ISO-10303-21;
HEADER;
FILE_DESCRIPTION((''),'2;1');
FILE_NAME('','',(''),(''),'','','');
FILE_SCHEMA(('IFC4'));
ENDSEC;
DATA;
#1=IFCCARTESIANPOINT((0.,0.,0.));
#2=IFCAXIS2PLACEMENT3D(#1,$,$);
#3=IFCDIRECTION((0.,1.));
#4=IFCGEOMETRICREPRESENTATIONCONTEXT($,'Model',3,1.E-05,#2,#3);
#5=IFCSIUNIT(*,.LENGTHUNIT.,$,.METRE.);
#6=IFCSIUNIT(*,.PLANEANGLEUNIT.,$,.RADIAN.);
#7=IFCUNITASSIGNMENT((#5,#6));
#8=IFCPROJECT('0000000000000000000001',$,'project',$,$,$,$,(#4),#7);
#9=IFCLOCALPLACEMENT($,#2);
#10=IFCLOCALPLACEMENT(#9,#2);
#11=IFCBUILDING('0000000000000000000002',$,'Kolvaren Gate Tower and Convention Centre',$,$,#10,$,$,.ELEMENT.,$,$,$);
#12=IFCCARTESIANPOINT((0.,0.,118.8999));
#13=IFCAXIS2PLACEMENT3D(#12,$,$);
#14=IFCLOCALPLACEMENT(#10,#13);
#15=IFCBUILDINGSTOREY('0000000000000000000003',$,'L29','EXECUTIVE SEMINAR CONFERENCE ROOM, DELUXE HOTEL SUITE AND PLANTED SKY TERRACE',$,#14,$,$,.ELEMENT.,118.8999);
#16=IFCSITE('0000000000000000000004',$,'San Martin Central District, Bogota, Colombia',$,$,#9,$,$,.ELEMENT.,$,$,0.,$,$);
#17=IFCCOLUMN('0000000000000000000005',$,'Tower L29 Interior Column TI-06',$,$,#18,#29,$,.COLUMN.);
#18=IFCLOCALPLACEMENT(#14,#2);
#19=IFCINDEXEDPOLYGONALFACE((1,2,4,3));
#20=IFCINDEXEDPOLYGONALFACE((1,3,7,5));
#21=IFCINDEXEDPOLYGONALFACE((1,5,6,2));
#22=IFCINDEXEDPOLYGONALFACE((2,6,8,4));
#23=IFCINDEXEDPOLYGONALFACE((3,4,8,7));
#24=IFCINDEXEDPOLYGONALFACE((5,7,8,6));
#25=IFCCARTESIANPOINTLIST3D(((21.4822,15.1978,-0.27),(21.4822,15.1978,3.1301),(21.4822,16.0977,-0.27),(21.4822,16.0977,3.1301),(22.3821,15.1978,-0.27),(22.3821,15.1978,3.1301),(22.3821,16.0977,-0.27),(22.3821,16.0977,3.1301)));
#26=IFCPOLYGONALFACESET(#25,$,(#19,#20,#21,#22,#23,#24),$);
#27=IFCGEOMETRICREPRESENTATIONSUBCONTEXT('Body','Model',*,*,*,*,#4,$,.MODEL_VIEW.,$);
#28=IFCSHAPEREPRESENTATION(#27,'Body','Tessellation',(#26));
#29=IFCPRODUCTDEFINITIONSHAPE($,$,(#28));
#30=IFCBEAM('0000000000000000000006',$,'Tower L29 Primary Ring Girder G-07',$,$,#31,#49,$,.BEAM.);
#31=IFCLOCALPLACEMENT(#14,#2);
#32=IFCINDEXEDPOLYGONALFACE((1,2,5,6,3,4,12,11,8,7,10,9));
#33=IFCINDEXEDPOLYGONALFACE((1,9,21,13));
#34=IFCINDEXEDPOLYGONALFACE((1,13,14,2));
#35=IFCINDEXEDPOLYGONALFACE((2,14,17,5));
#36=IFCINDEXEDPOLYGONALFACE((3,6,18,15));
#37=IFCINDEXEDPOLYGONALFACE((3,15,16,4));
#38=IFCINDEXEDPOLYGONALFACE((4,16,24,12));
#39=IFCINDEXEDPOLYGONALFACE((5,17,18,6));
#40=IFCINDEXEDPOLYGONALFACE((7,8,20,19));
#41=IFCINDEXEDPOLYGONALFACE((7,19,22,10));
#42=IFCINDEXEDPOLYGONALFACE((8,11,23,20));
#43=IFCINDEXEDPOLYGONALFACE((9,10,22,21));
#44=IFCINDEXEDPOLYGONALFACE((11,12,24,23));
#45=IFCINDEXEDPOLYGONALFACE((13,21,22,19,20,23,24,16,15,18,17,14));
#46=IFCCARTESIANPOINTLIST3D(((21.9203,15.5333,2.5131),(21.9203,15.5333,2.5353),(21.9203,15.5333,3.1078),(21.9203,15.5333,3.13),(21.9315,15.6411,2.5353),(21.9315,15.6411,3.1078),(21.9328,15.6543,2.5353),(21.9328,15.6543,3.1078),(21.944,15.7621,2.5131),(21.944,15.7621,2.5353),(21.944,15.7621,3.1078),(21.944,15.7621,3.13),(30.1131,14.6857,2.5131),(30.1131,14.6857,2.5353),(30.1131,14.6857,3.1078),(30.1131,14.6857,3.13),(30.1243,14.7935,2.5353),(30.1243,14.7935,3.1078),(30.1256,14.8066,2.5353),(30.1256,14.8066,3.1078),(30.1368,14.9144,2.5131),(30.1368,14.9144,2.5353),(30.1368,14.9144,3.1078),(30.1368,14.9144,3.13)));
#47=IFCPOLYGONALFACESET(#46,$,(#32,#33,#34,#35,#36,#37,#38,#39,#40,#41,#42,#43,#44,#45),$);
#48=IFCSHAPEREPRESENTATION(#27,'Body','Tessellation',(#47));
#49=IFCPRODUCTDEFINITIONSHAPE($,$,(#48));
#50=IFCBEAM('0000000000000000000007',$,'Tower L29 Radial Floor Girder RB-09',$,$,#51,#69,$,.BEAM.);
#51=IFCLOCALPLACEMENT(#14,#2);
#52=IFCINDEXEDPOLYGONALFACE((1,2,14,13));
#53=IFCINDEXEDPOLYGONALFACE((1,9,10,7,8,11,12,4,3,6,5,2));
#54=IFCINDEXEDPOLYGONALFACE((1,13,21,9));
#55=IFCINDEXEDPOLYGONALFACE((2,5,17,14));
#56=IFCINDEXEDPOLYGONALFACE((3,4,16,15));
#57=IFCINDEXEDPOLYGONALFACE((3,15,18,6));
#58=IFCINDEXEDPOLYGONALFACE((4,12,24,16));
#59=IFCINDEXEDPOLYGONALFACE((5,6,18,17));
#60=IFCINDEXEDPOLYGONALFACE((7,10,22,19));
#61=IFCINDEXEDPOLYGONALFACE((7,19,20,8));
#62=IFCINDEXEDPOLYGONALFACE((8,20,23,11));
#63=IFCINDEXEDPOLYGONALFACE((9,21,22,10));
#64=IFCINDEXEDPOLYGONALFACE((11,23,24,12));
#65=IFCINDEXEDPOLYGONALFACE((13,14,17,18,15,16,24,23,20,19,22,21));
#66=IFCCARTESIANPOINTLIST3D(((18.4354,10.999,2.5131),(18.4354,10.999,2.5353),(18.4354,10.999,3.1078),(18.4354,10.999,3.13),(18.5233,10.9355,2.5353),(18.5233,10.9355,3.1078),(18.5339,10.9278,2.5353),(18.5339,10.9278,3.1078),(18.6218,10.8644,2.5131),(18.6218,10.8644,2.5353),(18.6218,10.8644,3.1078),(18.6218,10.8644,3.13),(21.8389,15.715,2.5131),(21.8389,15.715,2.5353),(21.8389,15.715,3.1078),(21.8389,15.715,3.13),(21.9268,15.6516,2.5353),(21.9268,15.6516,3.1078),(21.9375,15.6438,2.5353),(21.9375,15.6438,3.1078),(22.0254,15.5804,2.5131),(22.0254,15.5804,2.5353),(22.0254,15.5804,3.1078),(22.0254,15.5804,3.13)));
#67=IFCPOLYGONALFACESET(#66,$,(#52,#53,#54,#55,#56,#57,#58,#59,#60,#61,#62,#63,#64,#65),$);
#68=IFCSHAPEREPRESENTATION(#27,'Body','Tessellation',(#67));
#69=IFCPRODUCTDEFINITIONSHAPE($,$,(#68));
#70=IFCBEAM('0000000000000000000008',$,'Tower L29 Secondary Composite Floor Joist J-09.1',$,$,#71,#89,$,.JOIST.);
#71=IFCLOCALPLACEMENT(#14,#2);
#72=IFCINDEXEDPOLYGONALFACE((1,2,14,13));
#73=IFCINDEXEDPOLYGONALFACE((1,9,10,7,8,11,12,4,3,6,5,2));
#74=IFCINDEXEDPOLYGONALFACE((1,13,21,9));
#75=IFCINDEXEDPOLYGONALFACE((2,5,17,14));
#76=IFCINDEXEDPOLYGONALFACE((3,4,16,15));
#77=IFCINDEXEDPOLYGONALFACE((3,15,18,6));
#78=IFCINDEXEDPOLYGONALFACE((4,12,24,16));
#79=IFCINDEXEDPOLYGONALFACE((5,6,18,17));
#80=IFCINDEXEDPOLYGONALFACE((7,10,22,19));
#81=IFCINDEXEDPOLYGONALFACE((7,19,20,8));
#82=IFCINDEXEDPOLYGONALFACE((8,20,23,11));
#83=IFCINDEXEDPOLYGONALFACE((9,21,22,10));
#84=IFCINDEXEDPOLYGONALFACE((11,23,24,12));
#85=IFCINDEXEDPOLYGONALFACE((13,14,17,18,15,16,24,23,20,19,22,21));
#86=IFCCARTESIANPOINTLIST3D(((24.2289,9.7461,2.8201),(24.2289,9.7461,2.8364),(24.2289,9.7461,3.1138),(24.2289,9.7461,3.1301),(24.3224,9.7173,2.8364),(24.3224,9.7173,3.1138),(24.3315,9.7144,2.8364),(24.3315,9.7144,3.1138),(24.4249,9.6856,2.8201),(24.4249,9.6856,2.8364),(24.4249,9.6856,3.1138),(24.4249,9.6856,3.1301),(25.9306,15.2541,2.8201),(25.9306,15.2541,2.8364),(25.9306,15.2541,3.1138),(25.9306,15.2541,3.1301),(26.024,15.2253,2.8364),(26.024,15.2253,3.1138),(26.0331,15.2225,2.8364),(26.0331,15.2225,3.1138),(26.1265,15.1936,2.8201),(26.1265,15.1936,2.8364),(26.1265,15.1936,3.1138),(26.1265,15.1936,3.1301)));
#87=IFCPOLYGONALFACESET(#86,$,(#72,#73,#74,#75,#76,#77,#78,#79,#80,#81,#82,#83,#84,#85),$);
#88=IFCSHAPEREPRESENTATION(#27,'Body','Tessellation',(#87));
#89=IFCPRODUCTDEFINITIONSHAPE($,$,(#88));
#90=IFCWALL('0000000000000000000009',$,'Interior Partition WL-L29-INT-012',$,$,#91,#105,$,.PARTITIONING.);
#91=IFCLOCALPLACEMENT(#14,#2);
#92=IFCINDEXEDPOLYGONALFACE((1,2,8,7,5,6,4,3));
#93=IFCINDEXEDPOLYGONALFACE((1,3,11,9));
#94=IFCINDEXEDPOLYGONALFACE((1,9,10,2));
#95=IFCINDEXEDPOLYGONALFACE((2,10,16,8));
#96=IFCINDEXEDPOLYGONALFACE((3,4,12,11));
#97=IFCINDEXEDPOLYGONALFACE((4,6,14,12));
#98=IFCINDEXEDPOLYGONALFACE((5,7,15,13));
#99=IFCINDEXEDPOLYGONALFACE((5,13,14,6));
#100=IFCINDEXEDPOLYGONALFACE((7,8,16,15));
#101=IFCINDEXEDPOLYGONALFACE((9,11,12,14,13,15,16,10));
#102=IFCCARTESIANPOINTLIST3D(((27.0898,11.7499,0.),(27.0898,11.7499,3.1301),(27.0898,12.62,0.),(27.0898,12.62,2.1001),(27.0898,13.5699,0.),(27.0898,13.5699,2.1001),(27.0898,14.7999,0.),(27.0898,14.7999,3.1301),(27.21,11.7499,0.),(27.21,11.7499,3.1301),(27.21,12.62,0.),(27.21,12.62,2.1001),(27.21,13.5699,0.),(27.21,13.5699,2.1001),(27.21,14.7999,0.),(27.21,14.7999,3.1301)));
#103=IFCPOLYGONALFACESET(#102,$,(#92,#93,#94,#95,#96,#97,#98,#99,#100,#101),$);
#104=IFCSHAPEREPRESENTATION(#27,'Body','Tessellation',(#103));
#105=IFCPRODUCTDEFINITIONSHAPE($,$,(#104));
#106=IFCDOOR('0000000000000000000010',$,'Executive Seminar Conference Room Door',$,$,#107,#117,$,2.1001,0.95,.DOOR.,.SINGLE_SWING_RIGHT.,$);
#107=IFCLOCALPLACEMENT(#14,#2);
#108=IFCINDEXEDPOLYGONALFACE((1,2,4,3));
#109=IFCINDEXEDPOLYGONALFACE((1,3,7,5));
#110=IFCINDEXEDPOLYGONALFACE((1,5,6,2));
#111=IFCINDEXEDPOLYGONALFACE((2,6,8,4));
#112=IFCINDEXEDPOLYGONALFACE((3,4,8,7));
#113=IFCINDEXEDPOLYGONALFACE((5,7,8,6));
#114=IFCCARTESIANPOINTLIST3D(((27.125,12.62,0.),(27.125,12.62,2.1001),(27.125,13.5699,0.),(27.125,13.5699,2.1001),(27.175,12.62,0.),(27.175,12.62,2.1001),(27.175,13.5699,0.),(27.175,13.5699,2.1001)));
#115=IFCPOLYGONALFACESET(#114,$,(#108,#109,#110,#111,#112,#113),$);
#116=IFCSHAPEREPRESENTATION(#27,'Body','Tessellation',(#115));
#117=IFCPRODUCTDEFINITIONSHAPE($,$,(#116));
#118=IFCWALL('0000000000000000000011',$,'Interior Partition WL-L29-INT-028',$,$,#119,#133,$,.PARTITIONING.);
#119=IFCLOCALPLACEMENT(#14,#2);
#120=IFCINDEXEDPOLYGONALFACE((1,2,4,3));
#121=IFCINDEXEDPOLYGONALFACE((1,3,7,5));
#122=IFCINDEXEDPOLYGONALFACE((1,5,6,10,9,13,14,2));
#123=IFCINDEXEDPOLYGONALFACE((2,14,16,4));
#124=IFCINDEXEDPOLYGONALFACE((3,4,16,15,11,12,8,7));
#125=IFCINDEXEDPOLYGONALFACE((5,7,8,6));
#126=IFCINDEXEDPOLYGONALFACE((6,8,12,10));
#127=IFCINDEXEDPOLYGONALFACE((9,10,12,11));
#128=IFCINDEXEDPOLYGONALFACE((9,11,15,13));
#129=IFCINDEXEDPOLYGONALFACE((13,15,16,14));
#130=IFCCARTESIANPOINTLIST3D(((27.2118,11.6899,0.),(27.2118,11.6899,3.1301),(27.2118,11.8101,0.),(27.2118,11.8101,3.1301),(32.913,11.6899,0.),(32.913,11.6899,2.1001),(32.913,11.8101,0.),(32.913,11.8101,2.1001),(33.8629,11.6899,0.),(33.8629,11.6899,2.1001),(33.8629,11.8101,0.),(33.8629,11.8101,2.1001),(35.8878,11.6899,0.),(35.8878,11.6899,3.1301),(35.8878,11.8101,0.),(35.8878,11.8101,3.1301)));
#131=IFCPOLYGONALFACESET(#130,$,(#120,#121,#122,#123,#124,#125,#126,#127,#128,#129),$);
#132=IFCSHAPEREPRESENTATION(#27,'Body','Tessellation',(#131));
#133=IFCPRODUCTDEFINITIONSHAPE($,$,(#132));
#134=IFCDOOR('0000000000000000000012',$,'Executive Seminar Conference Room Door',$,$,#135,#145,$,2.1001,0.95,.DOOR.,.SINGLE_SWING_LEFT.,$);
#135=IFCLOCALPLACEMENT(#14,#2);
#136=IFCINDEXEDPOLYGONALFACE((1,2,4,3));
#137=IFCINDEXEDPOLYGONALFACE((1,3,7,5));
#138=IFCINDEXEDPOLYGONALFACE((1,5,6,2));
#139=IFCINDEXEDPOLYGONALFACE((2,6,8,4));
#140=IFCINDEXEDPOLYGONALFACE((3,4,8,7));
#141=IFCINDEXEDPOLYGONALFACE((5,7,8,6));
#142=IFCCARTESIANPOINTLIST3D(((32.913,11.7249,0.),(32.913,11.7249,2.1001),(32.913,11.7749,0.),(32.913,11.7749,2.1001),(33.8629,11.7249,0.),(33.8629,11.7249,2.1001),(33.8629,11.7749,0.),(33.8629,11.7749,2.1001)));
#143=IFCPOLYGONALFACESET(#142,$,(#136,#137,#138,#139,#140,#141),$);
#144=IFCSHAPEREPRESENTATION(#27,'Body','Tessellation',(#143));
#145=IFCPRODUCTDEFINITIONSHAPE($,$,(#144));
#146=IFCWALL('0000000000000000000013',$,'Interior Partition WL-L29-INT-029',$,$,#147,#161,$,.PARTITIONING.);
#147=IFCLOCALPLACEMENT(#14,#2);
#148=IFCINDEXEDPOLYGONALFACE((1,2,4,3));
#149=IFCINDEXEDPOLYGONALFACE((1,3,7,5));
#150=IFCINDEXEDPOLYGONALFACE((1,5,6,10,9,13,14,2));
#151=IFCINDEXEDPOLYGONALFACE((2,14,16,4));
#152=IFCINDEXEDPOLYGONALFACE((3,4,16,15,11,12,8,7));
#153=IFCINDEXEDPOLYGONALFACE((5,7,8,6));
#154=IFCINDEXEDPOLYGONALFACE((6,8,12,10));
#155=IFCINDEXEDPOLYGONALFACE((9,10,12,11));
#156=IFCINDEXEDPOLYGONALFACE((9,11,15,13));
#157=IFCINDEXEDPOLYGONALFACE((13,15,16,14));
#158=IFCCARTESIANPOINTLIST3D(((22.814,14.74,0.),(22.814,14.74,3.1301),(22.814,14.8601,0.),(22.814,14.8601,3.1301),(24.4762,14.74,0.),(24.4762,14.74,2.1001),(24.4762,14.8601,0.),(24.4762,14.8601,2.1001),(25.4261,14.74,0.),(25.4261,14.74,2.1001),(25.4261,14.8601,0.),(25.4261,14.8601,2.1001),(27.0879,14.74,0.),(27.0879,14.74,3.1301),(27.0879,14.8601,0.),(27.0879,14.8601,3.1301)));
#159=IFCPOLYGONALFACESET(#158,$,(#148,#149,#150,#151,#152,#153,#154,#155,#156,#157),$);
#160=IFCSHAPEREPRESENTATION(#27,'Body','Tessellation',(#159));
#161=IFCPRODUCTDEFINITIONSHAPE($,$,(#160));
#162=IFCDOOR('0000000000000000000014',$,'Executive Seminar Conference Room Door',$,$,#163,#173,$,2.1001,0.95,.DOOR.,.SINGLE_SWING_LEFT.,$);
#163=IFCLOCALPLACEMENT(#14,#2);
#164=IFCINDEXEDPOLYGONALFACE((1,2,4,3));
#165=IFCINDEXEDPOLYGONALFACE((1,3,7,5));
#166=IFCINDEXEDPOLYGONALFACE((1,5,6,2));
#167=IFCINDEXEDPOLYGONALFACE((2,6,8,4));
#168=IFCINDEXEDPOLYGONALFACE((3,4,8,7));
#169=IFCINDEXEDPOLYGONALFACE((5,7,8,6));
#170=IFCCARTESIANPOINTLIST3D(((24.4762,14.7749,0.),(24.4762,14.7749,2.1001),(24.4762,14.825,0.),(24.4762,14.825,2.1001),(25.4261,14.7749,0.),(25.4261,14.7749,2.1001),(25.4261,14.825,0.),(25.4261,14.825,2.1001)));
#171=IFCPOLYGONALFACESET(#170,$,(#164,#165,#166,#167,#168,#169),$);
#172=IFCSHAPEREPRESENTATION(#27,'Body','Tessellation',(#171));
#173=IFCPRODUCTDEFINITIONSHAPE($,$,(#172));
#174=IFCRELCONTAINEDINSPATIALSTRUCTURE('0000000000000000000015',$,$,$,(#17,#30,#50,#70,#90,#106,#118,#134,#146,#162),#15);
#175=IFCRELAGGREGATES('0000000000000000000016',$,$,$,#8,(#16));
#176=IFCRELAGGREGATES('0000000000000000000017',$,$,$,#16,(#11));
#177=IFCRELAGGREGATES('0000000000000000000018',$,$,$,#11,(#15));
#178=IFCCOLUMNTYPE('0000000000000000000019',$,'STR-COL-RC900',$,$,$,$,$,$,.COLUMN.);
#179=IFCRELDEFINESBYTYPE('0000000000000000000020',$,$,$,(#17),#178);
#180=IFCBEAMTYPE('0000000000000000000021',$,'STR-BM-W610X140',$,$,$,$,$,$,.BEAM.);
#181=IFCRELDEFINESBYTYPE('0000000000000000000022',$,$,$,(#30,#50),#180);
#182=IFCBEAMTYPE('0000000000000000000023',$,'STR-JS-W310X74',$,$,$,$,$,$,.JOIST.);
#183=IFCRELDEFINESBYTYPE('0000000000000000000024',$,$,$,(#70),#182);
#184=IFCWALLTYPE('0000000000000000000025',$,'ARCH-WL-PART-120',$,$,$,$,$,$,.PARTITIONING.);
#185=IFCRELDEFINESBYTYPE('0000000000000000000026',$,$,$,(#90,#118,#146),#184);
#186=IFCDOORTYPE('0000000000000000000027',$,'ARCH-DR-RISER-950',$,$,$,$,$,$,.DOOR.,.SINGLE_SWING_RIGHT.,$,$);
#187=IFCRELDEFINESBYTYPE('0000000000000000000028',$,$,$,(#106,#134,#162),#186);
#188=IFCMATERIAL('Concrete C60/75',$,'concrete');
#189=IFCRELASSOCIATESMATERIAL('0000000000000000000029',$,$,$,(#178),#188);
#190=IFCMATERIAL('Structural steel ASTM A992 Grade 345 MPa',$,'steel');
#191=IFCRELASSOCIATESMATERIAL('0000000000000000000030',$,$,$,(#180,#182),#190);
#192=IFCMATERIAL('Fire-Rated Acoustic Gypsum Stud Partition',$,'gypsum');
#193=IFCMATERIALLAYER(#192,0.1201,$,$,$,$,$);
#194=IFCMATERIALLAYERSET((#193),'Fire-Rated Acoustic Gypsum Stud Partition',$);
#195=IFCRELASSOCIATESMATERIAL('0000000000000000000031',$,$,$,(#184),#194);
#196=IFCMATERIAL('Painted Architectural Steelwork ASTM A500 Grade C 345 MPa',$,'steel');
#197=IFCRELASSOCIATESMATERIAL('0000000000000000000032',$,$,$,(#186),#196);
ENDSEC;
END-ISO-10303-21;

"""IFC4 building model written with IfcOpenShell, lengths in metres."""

from ifc_helpers import new_model, si_unit, direction, frame, frame_2d, origin, origin_2d, place, context, subcontext, project, spatial, rectangle, i_section, extrude, material, layer, layer_set, material_profile, profile_set, type_object, element, fill, save


model = new_model("IFC4")

# Units and contexts
model_context = context("Model", 3, precision=1e-05, world=origin(), true_north=direction((0.0, 1.0)))
body_context = subcontext(model_context, "Body", "Model", "MODEL_VIEW")
ifc_project = project(units=[si_unit("LENGTHUNIT", "METRE"), si_unit("PLANEANGLEUNIT", "RADIAN")], contexts=[model_context])

# Site, building, storey
site_placement = place(None, origin())
site = spatial("IfcSite", under=ifc_project, at=site_placement, Name="San Martin Central District, Bogota, Colombia", CompositionType="ELEMENT", RefElevation=0.0)
building_placement = place(site_placement, origin())
building = spatial("IfcBuilding", under=site, at=building_placement, Name="Kolvaren Gate Tower and Convention Centre", CompositionType="ELEMENT")
storey_placement = place(building_placement, frame((0.0, 0.0, 118.8999)))
storey = spatial("IfcBuildingStorey", under=building, at=storey_placement, Name="L29", Description="EXECUTIVE SEMINAR CONFERENCE ROOM, DELUXE HOTEL SUITE AND PLANTED SKY TERRACE", CompositionType="ELEMENT", Elevation=118.8999)

# Column
ifc_material_1 = material(Name="Concrete C60/75", Category="concrete")
ifc_material_profile_1 = material_profile(ifc_material_1, rectangle(XDim=0.8999, YDim=0.8999, at=origin_2d()), Name="RC-COL-900X900")
ifc_profile_set_1 = profile_set([ifc_material_profile_1], Name="Concrete C60/75")
column_type = type_object("IfcColumnType", Name="STR-COL-RC900", PredefinedType="COLUMN", material=ifc_profile_set_1)
column_placement = place(storey_placement, frame((21.9321, 15.6477, -0.27), z_axis=(0.0, 0.0, 1.0), x_axis=(1.0, 0.0, 0.0)))
element("IfcColumn", 1, at=column_placement, inside=storey, type_object=column_type, Name="Tower L29 Interior Column TI-06", PredefinedType="COLUMN", context=body_context, shape_type="SweptSolid", body=[
    extrude(rectangle(XDim=0.8999, YDim=0.8999, at=origin_2d()), origin(), (0.0, 0.0, 1.0), 3.4001),
])

# Beams
ifc_material_2 = material(Name="Structural steel ASTM A992 Grade 345 MPa", Category="steel")
ifc_material_profile_2 = material_profile(ifc_material_2, i_section(OverallWidth=0.23, OverallDepth=0.6169, WebThickness=0.0132, FlangeThickness=0.0222, at=origin_2d()), Name="W610X140")
ifc_profile_set_2 = profile_set([ifc_material_profile_2], Name="Structural steel ASTM A992 Grade 345 MPa")
beam_type_1 = type_object("IfcBeamType", Name="STR-BM-W610X140", PredefinedType="BEAM", material=ifc_profile_set_2)
beam_1_placement = place(storey_placement, frame((21.9321, 15.6477, 2.8215), z_axis=(0.99469, -0.102913, 0.0), x_axis=(0.102913, 0.99469, 0.0)))
element("IfcBeam", 2, at=beam_1_placement, inside=storey, type_object=beam_type_1, Name="Tower L29 Primary Ring Girder G-07", PredefinedType="BEAM", context=body_context, shape_type="SweptSolid", body=[
    extrude(i_section(OverallWidth=0.23, OverallDepth=0.6169, WebThickness=0.0132, FlangeThickness=0.0222, at=origin_2d()), origin(), (0.0, 0.0, 1.0), 8.2366),
])
beam_2_placement = place(storey_placement, frame((21.9321, 15.6477, 2.8215), z_axis=(-0.58521, -0.810882, 0.0), x_axis=(0.810882, -0.58521, 0.0)))
element("IfcBeam", 3, at=beam_2_placement, inside=storey, type_object=beam_type_1, Name="Tower L29 Radial Floor Girder RB-09", PredefinedType="BEAM", context=body_context, shape_type="SweptSolid", body=[
    extrude(i_section(OverallWidth=0.23, OverallDepth=0.6169, WebThickness=0.0132, FlangeThickness=0.0222, at=origin_2d()), origin(), (0.0, 0.0, 1.0), 5.8159),
])
ifc_material_profile_3 = material_profile(ifc_material_2, i_section(OverallWidth=0.2051, OverallDepth=0.3101, WebThickness=0.0095, FlangeThickness=0.0164, at=origin_2d()), Name="W310X74")
ifc_profile_set_3 = profile_set([ifc_material_profile_3], Name="Structural steel ASTM A992 Grade 345 MPa")
beam_type_2 = type_object("IfcBeamType", Name="STR-JS-W310X74", PredefinedType="JOIST", material=ifc_profile_set_3)
beam_3_placement = place(storey_placement, frame((26.0286, 15.2239, 2.9751), z_axis=(-0.295175, -0.955443, 0.0), x_axis=(0.955443, -0.295175, 0.0)))
element("IfcBeam", 4, at=beam_3_placement, inside=storey, type_object=beam_type_2, Name="Tower L29 Secondary Composite Floor Joist J-09.1", PredefinedType="JOIST", context=body_context, shape_type="SweptSolid", body=[
    extrude(i_section(OverallWidth=0.2051, OverallDepth=0.3101, WebThickness=0.0095, FlangeThickness=0.0164, at=origin_2d()), origin(), (0.0, 0.0, 1.0), 5.7649),
])

# Walls, openings, doors
ifc_material_3 = material(Name="Fire-Rated Acoustic Gypsum Stud Partition", Category="gypsum")
ifc_layer_1 = layer(ifc_material_3, 0.1201)
ifc_layer_set_1 = layer_set([ifc_layer_1], Name="Fire-Rated Acoustic Gypsum Stud Partition")
wall_type_1 = type_object("IfcWallType", Name="ARCH-WL-PART-120", PredefinedType="PARTITIONING", material=ifc_layer_set_1)
wall_1_placement = place(storey_placement, frame((27.1499, 11.75, 0.0), z_axis=(0.0, 0.0, 1.0), x_axis=(0.0, 1.0, 0.0)))
wall_1 = element("IfcWall", 5, at=wall_1_placement, inside=storey, type_object=wall_type_1, Name="Interior Partition WL-L29-INT-012", PredefinedType="PARTITIONING", context=body_context, shape_type="SweptSolid", body=[
    extrude(rectangle(XDim=3.05, YDim=0.1201, at=frame_2d((1.5249, 0.0))), origin(), (0.0, 0.0, 1.0), 3.1301),
])
opening_1_placement = place(wall_1_placement, frame((0.8699, 0.0, 0.0)))
opening_1 = element("IfcOpeningElement", 6, at=opening_1_placement, cuts=wall_1, PredefinedType="OPENING", context=body_context, shape_type="SweptSolid", body=[
    extrude(rectangle(XDim=0.95, YDim=2.1001, at=frame_2d((0.4751, 1.05))), frame((0.0, 0.0701, 0.0), z_axis=(0.0, -1.0, 0.0), x_axis=(1.0, 0.0, 0.0)), (0.0, 0.0, 1.0), 0.1401),
])
ifc_material_4 = material(Name="Painted Architectural Steelwork ASTM A500 Grade C 345 MPa", Category="steel")
door_type_1 = type_object("IfcDoorType", Name="ARCH-DR-RISER-950", OperationType="SINGLE_SWING_RIGHT", PredefinedType="DOOR", material=ifc_material_4)
door_1_placement = place(opening_1_placement, origin())
door_1 = element("IfcDoor", 7, at=door_1_placement, inside=storey, type_object=door_type_1, Name="Executive Seminar Conference Room Door", OperationType="SINGLE_SWING_RIGHT", OverallHeight=2.1001, OverallWidth=0.95, PredefinedType="DOOR", context=body_context, shape_type="SweptSolid", body=[
    extrude(rectangle(XDim=0.95, YDim=2.1001, at=frame_2d((0.4751, 1.05))), frame((0.0, 0.0249, 0.0), z_axis=(0.0, -1.0, 0.0), x_axis=(1.0, 0.0, 0.0)), (0.0, 0.0, 1.0), 0.05),
])
fill(opening_1, door_1)
wall_2_placement = place(storey_placement, frame((27.2119, 11.75, 0.0), z_axis=(0.0, 0.0, 1.0), x_axis=(1.0, 0.0, 0.0)))
wall_2 = element("IfcWall", 8, at=wall_2_placement, inside=storey, type_object=wall_type_1, Name="Interior Partition WL-L29-INT-028", PredefinedType="PARTITIONING", context=body_context, shape_type="SweptSolid", body=[
    extrude(rectangle(XDim=8.676, YDim=0.1201, at=frame_2d((4.3379, 0.0))), origin(), (0.0, 0.0, 1.0), 3.1301),
])
opening_2_placement = place(wall_2_placement, frame((5.7009, 0.0, 0.0)))
opening_2 = element("IfcOpeningElement", 9, at=opening_2_placement, cuts=wall_2, PredefinedType="OPENING", context=body_context, shape_type="SweptSolid", body=[
    extrude(rectangle(XDim=0.95, YDim=2.1001, at=frame_2d((0.4751, 1.05))), frame((0.0, 0.0701, 0.0), z_axis=(0.0, -1.0, 0.0), x_axis=(1.0, 0.0, 0.0)), (0.0, 0.0, 1.0), 0.1401),
])
door_2_placement = place(opening_2_placement, origin())
door_2 = element("IfcDoor", 10, at=door_2_placement, inside=storey, type_object=door_type_1, Name="Executive Seminar Conference Room Door", OperationType="SINGLE_SWING_LEFT", OverallHeight=2.1001, OverallWidth=0.95, PredefinedType="DOOR", context=body_context, shape_type="SweptSolid", body=[
    extrude(rectangle(XDim=0.95, YDim=2.1001, at=frame_2d((0.4751, 1.05))), frame((0.0, 0.0249, 0.0), z_axis=(0.0, -1.0, 0.0), x_axis=(1.0, 0.0, 0.0)), (0.0, 0.0, 1.0), 0.05),
])
fill(opening_2, door_2)
wall_3_placement = place(storey_placement, frame((22.814, 14.8, 0.0), z_axis=(0.0, 0.0, 1.0), x_axis=(1.0, 0.0, 0.0)))
wall_3 = element("IfcWall", 11, at=wall_3_placement, inside=storey, type_object=wall_type_1, Name="Interior Partition WL-L29-INT-029", PredefinedType="PARTITIONING", context=body_context, shape_type="SweptSolid", body=[
    extrude(rectangle(XDim=4.2739, YDim=0.1201, at=frame_2d((2.137, 0.0))), origin(), (0.0, 0.0, 1.0), 3.1301),
])
opening_3_placement = place(wall_3_placement, frame((1.6621, 0.0, 0.0)))
opening_3 = element("IfcOpeningElement", 12, at=opening_3_placement, cuts=wall_3, PredefinedType="OPENING", context=body_context, shape_type="SweptSolid", body=[
    extrude(rectangle(XDim=0.95, YDim=2.1001, at=frame_2d((0.4751, 1.05))), frame((0.0, 0.0701, 0.0), z_axis=(0.0, -1.0, 0.0), x_axis=(1.0, 0.0, 0.0)), (0.0, 0.0, 1.0), 0.1401),
])
door_3_placement = place(opening_3_placement, origin())
door_3 = element("IfcDoor", 13, at=door_3_placement, inside=storey, type_object=door_type_1, Name="Executive Seminar Conference Room Door", OperationType="SINGLE_SWING_LEFT", OverallHeight=2.1001, OverallWidth=0.95, PredefinedType="DOOR", context=body_context, shape_type="SweptSolid", body=[
    extrude(rectangle(XDim=0.95, YDim=2.1001, at=frame_2d((0.4751, 1.05))), frame((0.0, 0.0249, 0.0), z_axis=(0.0, -1.0, 0.0), x_axis=(1.0, 0.0, 0.0)), (0.0, 0.0, 1.0), 0.05),
])
fill(opening_3, door_3)

save(model, "model.ifc")
